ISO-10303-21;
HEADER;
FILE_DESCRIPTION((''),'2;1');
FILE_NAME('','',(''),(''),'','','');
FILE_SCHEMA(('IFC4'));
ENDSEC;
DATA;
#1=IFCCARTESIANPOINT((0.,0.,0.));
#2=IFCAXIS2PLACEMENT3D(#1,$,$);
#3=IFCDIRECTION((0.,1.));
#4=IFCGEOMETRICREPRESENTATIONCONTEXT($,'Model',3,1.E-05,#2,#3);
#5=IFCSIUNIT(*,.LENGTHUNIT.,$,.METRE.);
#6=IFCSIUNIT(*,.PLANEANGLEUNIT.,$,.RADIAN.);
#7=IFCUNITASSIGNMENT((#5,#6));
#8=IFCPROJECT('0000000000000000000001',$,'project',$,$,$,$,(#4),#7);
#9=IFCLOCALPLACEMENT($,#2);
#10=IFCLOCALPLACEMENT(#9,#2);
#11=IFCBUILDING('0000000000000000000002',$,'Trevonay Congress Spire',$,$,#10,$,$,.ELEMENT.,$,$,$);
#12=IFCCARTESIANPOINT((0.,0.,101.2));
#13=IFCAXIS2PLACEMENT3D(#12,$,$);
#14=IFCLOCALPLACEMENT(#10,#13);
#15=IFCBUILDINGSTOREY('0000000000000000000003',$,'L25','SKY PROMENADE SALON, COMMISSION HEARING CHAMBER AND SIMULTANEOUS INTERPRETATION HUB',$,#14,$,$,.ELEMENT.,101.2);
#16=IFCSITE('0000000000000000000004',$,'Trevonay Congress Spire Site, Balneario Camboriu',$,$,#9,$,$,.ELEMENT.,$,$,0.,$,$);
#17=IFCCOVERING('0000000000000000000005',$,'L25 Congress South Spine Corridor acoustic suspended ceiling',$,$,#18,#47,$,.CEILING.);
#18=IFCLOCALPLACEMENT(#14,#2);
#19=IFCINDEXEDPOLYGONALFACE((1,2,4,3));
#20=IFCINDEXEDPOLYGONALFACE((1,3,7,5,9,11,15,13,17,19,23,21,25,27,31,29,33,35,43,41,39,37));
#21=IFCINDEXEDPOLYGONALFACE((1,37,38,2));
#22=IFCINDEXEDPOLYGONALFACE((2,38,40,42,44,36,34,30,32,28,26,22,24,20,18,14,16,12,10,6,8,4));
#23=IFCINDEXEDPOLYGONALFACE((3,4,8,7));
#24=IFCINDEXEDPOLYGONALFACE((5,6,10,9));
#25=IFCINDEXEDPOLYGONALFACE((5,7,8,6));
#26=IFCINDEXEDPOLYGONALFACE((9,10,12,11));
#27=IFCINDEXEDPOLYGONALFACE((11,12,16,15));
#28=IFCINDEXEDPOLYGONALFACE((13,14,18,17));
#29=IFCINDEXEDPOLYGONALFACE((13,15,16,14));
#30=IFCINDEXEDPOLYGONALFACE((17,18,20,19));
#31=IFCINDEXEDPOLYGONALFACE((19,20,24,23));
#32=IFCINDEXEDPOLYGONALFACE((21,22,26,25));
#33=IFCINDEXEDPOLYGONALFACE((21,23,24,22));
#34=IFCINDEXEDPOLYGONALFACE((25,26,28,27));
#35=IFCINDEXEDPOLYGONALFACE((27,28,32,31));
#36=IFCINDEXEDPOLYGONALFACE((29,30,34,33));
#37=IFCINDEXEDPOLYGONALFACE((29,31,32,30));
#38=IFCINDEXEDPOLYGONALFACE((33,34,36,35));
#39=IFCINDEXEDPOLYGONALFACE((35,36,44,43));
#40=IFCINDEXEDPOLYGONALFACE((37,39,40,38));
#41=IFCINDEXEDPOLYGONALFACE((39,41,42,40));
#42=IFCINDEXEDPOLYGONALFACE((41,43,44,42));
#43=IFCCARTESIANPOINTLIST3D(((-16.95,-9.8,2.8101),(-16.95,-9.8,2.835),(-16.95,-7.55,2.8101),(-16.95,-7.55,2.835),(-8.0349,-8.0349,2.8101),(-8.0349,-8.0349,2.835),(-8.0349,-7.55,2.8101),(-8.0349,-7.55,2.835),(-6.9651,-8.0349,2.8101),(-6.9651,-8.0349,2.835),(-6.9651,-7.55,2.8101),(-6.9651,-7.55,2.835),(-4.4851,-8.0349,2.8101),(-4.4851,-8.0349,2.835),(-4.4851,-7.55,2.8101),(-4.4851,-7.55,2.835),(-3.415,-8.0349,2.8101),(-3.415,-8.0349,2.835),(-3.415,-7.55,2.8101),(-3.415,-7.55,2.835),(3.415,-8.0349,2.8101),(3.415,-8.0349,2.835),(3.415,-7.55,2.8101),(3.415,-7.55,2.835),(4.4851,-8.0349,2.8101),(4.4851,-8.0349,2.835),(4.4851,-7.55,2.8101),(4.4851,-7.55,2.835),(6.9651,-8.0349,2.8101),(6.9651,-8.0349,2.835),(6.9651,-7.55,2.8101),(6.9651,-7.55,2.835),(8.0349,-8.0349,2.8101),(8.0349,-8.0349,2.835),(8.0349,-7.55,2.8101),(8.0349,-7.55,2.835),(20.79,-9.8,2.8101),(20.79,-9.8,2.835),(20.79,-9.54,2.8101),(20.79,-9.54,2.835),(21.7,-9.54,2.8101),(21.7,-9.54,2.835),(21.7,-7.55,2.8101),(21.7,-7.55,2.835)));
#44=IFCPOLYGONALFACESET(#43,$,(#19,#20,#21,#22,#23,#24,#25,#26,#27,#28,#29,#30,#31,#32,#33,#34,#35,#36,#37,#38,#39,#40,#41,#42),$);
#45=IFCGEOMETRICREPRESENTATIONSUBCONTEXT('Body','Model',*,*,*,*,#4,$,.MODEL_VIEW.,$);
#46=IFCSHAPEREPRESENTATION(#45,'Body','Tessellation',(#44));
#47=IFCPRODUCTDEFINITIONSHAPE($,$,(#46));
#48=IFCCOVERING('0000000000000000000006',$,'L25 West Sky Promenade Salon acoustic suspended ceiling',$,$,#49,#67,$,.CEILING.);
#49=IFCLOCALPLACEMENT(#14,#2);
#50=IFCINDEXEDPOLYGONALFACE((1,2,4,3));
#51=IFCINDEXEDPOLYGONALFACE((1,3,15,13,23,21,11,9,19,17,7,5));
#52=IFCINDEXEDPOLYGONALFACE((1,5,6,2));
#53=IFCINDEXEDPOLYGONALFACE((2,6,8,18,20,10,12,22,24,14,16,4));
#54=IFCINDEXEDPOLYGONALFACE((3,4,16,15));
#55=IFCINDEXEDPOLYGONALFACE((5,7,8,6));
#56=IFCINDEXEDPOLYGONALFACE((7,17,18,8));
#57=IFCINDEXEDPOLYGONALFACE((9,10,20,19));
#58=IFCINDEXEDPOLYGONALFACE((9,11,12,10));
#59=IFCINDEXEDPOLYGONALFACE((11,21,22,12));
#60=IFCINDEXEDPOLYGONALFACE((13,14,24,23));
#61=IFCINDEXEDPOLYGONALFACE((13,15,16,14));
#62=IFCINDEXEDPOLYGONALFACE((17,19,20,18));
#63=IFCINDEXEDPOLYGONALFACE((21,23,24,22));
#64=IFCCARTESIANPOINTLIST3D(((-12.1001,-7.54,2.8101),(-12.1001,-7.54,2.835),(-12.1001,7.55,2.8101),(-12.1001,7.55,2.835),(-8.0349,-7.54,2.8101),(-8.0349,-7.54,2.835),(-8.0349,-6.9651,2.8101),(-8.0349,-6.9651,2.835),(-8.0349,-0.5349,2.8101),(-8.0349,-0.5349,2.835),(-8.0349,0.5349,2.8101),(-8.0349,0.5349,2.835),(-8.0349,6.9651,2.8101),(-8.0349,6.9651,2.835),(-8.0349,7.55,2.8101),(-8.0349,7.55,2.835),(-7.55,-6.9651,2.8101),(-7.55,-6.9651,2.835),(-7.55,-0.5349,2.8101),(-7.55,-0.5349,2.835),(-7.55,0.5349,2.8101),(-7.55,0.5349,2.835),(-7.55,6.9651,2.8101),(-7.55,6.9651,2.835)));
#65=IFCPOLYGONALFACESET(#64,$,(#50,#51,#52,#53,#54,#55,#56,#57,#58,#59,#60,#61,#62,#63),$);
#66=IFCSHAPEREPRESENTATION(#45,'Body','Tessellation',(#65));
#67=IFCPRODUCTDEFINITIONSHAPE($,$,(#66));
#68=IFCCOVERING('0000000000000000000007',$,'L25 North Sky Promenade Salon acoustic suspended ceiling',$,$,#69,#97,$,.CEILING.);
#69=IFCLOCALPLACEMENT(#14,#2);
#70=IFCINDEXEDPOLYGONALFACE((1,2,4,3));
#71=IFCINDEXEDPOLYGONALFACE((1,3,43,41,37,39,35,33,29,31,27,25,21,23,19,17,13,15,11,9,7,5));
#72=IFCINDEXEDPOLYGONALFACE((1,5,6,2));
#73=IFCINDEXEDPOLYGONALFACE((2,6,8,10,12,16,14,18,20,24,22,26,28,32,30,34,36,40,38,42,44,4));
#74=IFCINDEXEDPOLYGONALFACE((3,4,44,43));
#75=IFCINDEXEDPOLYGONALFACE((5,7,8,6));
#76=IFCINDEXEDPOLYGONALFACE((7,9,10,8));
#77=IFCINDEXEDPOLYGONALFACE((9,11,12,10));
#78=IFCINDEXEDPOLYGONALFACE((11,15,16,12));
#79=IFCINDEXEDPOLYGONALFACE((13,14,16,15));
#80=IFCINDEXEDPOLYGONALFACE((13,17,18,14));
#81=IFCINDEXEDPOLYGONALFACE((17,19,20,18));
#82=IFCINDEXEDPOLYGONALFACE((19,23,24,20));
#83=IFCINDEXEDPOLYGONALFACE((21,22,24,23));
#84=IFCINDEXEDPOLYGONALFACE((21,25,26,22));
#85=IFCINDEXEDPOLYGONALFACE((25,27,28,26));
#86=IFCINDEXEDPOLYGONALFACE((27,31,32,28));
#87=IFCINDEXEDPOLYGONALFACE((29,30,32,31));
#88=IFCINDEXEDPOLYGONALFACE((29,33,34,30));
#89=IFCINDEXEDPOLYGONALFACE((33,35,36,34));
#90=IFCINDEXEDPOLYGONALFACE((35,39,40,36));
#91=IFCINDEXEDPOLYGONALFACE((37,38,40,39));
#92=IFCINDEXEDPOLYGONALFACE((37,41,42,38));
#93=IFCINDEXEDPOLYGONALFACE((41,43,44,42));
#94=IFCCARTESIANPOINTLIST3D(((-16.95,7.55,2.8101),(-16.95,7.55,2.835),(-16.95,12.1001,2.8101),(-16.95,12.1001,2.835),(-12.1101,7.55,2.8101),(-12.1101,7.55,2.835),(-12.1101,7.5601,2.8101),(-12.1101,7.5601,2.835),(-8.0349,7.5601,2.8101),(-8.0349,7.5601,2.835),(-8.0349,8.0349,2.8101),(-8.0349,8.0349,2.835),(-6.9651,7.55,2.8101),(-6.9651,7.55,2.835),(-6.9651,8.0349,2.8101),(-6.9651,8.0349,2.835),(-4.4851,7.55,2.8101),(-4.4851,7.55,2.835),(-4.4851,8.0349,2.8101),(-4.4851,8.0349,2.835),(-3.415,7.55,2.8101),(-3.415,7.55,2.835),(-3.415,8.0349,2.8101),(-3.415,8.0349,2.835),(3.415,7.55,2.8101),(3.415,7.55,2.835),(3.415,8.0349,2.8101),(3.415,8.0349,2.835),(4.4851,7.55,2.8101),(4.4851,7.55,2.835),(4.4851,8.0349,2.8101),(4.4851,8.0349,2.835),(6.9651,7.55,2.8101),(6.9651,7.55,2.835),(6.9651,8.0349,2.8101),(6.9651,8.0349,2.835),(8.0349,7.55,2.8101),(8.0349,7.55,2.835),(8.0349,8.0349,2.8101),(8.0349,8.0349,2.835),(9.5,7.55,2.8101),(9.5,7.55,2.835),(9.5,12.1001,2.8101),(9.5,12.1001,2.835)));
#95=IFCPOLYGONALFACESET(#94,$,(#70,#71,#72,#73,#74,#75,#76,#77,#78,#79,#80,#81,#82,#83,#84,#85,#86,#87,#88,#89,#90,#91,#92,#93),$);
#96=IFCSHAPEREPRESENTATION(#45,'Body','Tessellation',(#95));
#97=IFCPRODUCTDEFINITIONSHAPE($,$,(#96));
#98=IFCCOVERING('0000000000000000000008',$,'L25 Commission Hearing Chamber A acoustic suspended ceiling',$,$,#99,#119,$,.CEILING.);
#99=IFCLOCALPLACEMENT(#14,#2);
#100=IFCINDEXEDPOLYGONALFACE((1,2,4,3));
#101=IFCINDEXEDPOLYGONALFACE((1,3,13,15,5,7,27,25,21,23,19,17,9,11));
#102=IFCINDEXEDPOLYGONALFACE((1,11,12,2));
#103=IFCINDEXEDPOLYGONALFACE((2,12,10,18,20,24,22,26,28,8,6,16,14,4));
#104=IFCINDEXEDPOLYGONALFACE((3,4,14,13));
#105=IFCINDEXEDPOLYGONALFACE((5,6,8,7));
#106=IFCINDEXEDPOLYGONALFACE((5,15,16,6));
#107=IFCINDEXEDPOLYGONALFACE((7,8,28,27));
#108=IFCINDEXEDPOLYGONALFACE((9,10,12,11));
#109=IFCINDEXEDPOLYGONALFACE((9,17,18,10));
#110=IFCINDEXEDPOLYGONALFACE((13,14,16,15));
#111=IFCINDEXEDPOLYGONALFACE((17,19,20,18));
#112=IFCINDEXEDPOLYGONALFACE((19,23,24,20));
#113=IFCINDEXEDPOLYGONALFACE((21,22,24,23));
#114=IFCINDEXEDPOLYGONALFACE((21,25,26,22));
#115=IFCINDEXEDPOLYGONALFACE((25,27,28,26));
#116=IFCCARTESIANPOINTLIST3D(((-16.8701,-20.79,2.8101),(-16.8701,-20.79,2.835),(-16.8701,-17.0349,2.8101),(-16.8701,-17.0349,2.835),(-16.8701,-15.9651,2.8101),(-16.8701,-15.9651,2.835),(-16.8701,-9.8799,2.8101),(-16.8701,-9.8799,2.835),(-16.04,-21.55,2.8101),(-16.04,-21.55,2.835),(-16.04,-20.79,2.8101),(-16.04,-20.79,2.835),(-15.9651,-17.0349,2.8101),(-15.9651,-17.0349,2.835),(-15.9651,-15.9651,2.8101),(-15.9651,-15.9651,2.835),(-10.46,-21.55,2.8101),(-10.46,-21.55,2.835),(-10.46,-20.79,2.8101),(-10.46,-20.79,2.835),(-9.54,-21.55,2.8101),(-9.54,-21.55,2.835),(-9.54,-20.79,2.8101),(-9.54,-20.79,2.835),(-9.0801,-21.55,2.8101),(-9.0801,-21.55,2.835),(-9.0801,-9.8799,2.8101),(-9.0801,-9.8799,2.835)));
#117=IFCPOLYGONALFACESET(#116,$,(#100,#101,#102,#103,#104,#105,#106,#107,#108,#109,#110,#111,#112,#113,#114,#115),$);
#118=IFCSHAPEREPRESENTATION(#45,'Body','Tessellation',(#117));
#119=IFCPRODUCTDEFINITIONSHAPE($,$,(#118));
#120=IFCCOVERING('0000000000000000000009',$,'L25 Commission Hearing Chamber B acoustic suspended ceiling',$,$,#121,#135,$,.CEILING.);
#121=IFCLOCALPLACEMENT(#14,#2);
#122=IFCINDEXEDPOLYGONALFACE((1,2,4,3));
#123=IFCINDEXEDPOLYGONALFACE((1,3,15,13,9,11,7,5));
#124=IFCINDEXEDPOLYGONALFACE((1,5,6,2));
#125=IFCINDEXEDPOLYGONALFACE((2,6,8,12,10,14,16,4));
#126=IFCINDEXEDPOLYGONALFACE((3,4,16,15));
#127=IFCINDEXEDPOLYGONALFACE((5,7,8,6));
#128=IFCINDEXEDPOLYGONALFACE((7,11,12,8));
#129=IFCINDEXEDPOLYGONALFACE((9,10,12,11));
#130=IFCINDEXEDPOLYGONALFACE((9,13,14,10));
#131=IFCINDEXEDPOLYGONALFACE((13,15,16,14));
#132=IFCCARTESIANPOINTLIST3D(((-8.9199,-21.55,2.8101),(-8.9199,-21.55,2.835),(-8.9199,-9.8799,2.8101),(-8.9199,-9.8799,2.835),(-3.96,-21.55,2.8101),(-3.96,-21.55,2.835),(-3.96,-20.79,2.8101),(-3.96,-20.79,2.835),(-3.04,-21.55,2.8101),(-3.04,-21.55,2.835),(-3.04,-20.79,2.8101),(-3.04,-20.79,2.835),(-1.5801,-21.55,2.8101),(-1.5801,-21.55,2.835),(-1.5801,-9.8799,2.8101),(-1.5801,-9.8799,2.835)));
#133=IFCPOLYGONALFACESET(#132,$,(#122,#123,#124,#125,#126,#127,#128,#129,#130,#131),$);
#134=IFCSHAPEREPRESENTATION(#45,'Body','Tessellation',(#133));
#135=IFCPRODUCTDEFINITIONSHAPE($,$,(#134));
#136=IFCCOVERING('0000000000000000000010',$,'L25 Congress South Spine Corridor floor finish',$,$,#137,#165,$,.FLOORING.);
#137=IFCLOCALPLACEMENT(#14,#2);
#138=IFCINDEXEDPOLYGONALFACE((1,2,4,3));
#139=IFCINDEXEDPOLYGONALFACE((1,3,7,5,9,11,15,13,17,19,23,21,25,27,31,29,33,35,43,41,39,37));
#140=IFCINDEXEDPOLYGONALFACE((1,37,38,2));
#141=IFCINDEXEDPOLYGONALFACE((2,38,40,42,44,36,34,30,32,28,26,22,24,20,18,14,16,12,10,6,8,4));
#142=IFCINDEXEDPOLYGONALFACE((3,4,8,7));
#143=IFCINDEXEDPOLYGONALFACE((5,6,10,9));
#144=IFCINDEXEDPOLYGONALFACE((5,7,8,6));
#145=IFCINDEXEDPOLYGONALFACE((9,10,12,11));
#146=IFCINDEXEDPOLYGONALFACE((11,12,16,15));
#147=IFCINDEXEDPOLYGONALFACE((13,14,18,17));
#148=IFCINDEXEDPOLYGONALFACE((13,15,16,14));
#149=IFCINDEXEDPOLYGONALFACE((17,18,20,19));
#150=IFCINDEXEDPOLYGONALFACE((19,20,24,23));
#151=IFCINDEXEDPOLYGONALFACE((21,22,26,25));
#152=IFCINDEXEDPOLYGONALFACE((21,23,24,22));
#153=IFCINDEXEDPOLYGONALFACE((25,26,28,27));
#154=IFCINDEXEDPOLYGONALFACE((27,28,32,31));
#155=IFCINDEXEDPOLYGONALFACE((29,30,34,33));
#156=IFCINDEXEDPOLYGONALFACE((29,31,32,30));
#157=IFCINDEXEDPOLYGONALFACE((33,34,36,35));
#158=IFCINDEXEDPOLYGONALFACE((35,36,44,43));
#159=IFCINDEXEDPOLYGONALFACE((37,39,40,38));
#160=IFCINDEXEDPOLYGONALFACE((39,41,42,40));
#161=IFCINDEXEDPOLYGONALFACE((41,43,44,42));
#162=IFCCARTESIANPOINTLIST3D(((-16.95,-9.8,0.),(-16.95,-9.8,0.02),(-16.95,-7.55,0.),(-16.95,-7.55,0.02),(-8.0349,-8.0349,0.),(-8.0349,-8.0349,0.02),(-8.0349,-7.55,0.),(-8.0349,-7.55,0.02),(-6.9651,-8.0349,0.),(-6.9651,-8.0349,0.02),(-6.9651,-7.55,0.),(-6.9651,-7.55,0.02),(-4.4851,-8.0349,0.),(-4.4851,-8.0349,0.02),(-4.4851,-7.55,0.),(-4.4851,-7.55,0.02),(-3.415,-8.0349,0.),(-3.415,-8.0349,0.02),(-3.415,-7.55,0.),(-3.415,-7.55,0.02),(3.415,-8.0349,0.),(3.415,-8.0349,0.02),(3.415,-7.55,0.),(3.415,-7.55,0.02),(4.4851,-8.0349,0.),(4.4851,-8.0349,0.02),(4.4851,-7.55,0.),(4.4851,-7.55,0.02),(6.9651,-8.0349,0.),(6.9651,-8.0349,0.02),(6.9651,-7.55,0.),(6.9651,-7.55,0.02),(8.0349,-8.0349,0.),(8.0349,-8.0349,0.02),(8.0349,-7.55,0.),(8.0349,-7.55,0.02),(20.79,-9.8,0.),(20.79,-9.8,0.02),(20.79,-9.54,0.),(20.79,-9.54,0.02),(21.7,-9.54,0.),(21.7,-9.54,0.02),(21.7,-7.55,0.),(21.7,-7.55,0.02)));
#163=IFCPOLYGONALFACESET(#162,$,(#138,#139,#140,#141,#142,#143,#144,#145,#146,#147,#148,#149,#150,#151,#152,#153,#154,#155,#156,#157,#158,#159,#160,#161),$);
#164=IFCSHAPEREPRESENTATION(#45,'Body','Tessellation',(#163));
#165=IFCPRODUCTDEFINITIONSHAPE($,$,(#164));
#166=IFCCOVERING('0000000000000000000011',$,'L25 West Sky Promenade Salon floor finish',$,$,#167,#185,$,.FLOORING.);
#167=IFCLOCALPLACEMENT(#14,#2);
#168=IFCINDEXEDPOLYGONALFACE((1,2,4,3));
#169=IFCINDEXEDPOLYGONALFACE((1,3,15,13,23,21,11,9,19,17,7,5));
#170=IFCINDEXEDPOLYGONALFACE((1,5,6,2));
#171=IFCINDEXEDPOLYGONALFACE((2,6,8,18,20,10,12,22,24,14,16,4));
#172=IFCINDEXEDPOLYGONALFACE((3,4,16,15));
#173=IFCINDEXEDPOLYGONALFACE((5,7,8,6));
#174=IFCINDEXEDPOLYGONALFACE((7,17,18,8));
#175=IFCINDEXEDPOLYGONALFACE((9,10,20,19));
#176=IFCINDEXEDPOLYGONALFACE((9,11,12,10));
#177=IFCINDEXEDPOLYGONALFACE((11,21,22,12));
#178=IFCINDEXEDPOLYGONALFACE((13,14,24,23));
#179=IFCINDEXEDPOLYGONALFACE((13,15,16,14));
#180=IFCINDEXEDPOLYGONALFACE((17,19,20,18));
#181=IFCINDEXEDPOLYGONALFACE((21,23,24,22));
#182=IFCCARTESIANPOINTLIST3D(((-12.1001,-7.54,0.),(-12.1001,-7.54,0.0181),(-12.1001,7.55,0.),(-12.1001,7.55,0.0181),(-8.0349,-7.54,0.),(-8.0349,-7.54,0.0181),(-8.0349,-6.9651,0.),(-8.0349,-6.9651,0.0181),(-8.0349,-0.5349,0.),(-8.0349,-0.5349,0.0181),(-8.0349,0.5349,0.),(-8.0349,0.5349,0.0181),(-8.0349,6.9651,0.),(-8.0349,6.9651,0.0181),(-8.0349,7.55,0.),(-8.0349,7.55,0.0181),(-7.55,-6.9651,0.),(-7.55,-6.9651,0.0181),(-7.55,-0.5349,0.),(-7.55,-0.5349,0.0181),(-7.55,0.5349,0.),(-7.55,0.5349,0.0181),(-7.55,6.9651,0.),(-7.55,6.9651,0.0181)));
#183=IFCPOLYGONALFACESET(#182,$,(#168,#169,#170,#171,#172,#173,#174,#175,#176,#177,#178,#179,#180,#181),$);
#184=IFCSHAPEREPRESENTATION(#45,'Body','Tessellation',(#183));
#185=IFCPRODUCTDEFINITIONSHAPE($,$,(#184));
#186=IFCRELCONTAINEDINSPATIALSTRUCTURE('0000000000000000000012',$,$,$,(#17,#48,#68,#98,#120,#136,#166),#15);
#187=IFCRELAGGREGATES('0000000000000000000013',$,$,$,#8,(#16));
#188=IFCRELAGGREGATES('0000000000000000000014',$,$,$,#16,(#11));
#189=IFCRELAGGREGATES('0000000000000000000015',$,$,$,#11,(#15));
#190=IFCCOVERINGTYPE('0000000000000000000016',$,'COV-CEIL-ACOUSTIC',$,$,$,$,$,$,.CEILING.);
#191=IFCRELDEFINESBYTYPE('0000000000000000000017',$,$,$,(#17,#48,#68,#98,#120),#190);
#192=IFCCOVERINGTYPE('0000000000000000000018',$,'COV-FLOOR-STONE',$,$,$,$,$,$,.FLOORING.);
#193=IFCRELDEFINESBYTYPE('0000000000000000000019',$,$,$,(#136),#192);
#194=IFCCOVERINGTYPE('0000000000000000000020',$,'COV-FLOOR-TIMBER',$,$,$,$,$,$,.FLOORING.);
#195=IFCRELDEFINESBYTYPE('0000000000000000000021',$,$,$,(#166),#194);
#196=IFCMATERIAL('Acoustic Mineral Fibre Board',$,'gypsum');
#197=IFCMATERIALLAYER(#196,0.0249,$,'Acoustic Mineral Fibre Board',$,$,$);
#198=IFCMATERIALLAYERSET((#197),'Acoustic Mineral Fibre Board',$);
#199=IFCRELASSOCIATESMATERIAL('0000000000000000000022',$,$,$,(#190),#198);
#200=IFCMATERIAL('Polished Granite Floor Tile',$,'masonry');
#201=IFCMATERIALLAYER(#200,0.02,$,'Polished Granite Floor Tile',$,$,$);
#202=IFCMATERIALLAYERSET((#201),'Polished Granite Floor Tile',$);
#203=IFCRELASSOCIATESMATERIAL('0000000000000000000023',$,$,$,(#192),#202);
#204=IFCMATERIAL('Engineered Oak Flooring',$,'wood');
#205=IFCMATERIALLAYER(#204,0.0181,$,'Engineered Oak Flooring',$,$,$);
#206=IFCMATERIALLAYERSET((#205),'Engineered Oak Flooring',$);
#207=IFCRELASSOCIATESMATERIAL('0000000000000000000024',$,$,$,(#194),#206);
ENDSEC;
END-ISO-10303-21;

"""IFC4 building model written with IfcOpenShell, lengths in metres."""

from ifc_helpers import new_model, si_unit, direction, frame, origin, place, context, subcontext, project, spatial, polyline, outline, extrude, material, layer, layer_set, type_object, element, save


model = new_model("IFC4")

# Units and contexts
model_context = context("Model", 3, precision=1e-05, world=origin(), true_north=direction((0.0, 1.0)))
body_context = subcontext(model_context, "Body", "Model", "MODEL_VIEW")
ifc_project = project(units=[si_unit("LENGTHUNIT", "METRE"), si_unit("PLANEANGLEUNIT", "RADIAN")], contexts=[model_context])

# Site, building, storey
site_placement = place(None, origin())
site = spatial("IfcSite", under=ifc_project, at=site_placement, Name="Trevonay Congress Spire Site, Balneario Camboriu", CompositionType="ELEMENT", RefElevation=0.0)
building_placement = place(site_placement, origin())
building = spatial("IfcBuilding", under=site, at=building_placement, Name="Trevonay Congress Spire", CompositionType="ELEMENT")
storey_placement = place(building_placement, frame((0.0, 0.0, 101.2)))
storey = spatial("IfcBuildingStorey", under=building, at=storey_placement, Name="L25", Description="SKY PROMENADE SALON, COMMISSION HEARING CHAMBER AND SIMULTANEOUS INTERPRETATION HUB", CompositionType="ELEMENT", Elevation=101.2)

# Coverings
ifc_material_1 = material(Name="Acoustic Mineral Fibre Board", Category="gypsum")
ifc_layer_1 = layer(ifc_material_1, 0.0249, Name="Acoustic Mineral Fibre Board")
ifc_layer_set_1 = layer_set([ifc_layer_1], Name="Acoustic Mineral Fibre Board")
covering_type_1 = type_object("IfcCoveringType", Name="COV-CEIL-ACOUSTIC", PredefinedType="CEILING", material=ifc_layer_set_1)
covering_1_placement = place(storey_placement, frame((0.0, 0.0, 2.8101)))
element("IfcCovering", 1, at=covering_1_placement, inside=storey, type_object=covering_type_1, Name="L25 Congress South Spine Corridor acoustic suspended ceiling", PredefinedType="CEILING", context=body_context, shape_type="SweptSolid", body=[
    extrude(outline(polyline([(-16.95, -9.8), (-16.95, -7.55), (-8.0349, -7.55), (-8.0349, -8.0349), (-6.9651, -8.0349), (-6.9651, -7.55), (-4.4851, -7.55), (-4.4851, -8.0349), (-3.415, -8.0349), (-3.415, -7.55), (3.415, -7.55), (3.415, -8.0349), (4.4851, -8.0349), (4.4851, -7.55), (6.9651, -7.55), (6.9651, -8.0349), (8.0349, -8.0349), (8.0349, -7.55), (21.7, -7.55), (21.7, -9.54), (20.79, -9.54), (20.79, -9.8), (-16.95, -9.8)])), origin(), (0.0, 0.0, 1.0), 0.0249),
])
covering_2_placement = place(storey_placement, frame((0.0, 0.0, 2.8101)))
element("IfcCovering", 2, at=covering_2_placement, inside=storey, type_object=covering_type_1, Name="L25 West Sky Promenade Salon acoustic suspended ceiling", PredefinedType="CEILING", context=body_context, shape_type="SweptSolid", body=[
    extrude(outline(polyline([(-12.1001, 7.55), (-8.0349, 7.55), (-8.0349, 6.9651), (-7.55, 6.9651), (-7.55, 0.5349), (-8.0349, 0.5349), (-8.0349, -0.5349), (-7.55, -0.5349), (-7.55, -6.9651), (-8.0349, -6.9651), (-8.0349, -7.54), (-12.1001, -7.54), (-12.1001, 7.55)])), origin(), (0.0, 0.0, 1.0), 0.0249),
])
covering_3_placement = place(storey_placement, frame((0.0, 0.0, 2.8101)))
element("IfcCovering", 3, at=covering_3_placement, inside=storey, type_object=covering_type_1, Name="L25 North Sky Promenade Salon acoustic suspended ceiling", PredefinedType="CEILING", context=body_context, shape_type="SweptSolid", body=[
    extrude(outline(polyline([(-16.95, 12.1001), (9.5, 12.1001), (9.5, 7.55), (8.0349, 7.55), (8.0349, 8.0349), (6.9651, 8.0349), (6.9651, 7.55), (4.4851, 7.55), (4.4851, 8.0349), (3.415, 8.0349), (3.415, 7.55), (-3.415, 7.55), (-3.415, 8.0349), (-4.4851, 8.0349), (-4.4851, 7.55), (-6.9651, 7.55), (-6.9651, 8.0349), (-8.0349, 8.0349), (-8.0349, 7.5601), (-12.1101, 7.5601), (-12.1101, 7.55), (-16.95, 7.55), (-16.95, 12.1001)])), origin(), (0.0, 0.0, 1.0), 0.0249),
])
covering_4_placement = place(storey_placement, frame((0.0, 0.0, 2.8101)))
element("IfcCovering", 4, at=covering_4_placement, inside=storey, type_object=covering_type_1, Name="L25 Commission Hearing Chamber A acoustic suspended ceiling", PredefinedType="CEILING", context=body_context, shape_type="SweptSolid", body=[
    extrude(outline(polyline([(-16.04, -21.55), (-16.04, -20.79), (-16.8701, -20.79), (-16.8701, -17.0349), (-15.9651, -17.0349), (-15.9651, -15.9651), (-16.8701, -15.9651), (-16.8701, -9.8799), (-9.0801, -9.8799), (-9.0801, -21.55), (-9.54, -21.55), (-9.54, -20.79), (-10.46, -20.79), (-10.46, -21.55), (-16.04, -21.55)])), origin(), (0.0, 0.0, 1.0), 0.0249),
])
covering_5_placement = place(storey_placement, frame((0.0, 0.0, 2.8101)))
element("IfcCovering", 5, at=covering_5_placement, inside=storey, type_object=covering_type_1, Name="L25 Commission Hearing Chamber B acoustic suspended ceiling", PredefinedType="CEILING", context=body_context, shape_type="SweptSolid", body=[
    extrude(outline(polyline([(-8.9199, -21.55), (-8.9199, -9.8799), (-1.5801, -9.8799), (-1.5801, -21.55), (-3.04, -21.55), (-3.04, -20.79), (-3.96, -20.79), (-3.96, -21.55), (-8.9199, -21.55)])), origin(), (0.0, 0.0, 1.0), 0.0249),
])
ifc_material_2 = material(Name="Polished Granite Floor Tile", Category="masonry")
ifc_layer_2 = layer(ifc_material_2, 0.02, Name="Polished Granite Floor Tile")
ifc_layer_set_2 = layer_set([ifc_layer_2], Name="Polished Granite Floor Tile")
covering_type_2 = type_object("IfcCoveringType", Name="COV-FLOOR-STONE", PredefinedType="FLOORING", material=ifc_layer_set_2)
covering_6_placement = place(storey_placement, origin())
element("IfcCovering", 6, at=covering_6_placement, inside=storey, type_object=covering_type_2, Name="L25 Congress South Spine Corridor floor finish", PredefinedType="FLOORING", context=body_context, shape_type="SweptSolid", body=[
    extrude(outline(polyline([(-16.95, -9.8), (-16.95, -7.55), (-8.0349, -7.55), (-8.0349, -8.0349), (-6.9651, -8.0349), (-6.9651, -7.55), (-4.4851, -7.55), (-4.4851, -8.0349), (-3.415, -8.0349), (-3.415, -7.55), (3.415, -7.55), (3.415, -8.0349), (4.4851, -8.0349), (4.4851, -7.55), (6.9651, -7.55), (6.9651, -8.0349), (8.0349, -8.0349), (8.0349, -7.55), (21.7, -7.55), (21.7, -9.54), (20.79, -9.54), (20.79, -9.8), (-16.95, -9.8)])), origin(), (0.0, 0.0, 1.0), 0.02),
])
ifc_material_3 = material(Name="Engineered Oak Flooring", Category="wood")
ifc_layer_3 = layer(ifc_material_3, 0.0181, Name="Engineered Oak Flooring")
ifc_layer_set_3 = layer_set([ifc_layer_3], Name="Engineered Oak Flooring")
covering_type_3 = type_object("IfcCoveringType", Name="COV-FLOOR-TIMBER", PredefinedType="FLOORING", material=ifc_layer_set_3)
covering_7_placement = place(storey_placement, origin())
element("IfcCovering", 7, at=covering_7_placement, inside=storey, type_object=covering_type_3, Name="L25 West Sky Promenade Salon floor finish", PredefinedType="FLOORING", context=body_context, shape_type="SweptSolid", body=[
    extrude(outline(polyline([(-12.1001, 7.55), (-8.0349, 7.55), (-8.0349, 6.9651), (-7.55, 6.9651), (-7.55, 0.5349), (-8.0349, 0.5349), (-8.0349, -0.5349), (-7.55, -0.5349), (-7.55, -6.9651), (-8.0349, -6.9651), (-8.0349, -7.54), (-12.1001, -7.54), (-12.1001, 7.55)])), origin(), (0.0, 0.0, 1.0), 0.0181),
])

save(model, "model.ifc")
